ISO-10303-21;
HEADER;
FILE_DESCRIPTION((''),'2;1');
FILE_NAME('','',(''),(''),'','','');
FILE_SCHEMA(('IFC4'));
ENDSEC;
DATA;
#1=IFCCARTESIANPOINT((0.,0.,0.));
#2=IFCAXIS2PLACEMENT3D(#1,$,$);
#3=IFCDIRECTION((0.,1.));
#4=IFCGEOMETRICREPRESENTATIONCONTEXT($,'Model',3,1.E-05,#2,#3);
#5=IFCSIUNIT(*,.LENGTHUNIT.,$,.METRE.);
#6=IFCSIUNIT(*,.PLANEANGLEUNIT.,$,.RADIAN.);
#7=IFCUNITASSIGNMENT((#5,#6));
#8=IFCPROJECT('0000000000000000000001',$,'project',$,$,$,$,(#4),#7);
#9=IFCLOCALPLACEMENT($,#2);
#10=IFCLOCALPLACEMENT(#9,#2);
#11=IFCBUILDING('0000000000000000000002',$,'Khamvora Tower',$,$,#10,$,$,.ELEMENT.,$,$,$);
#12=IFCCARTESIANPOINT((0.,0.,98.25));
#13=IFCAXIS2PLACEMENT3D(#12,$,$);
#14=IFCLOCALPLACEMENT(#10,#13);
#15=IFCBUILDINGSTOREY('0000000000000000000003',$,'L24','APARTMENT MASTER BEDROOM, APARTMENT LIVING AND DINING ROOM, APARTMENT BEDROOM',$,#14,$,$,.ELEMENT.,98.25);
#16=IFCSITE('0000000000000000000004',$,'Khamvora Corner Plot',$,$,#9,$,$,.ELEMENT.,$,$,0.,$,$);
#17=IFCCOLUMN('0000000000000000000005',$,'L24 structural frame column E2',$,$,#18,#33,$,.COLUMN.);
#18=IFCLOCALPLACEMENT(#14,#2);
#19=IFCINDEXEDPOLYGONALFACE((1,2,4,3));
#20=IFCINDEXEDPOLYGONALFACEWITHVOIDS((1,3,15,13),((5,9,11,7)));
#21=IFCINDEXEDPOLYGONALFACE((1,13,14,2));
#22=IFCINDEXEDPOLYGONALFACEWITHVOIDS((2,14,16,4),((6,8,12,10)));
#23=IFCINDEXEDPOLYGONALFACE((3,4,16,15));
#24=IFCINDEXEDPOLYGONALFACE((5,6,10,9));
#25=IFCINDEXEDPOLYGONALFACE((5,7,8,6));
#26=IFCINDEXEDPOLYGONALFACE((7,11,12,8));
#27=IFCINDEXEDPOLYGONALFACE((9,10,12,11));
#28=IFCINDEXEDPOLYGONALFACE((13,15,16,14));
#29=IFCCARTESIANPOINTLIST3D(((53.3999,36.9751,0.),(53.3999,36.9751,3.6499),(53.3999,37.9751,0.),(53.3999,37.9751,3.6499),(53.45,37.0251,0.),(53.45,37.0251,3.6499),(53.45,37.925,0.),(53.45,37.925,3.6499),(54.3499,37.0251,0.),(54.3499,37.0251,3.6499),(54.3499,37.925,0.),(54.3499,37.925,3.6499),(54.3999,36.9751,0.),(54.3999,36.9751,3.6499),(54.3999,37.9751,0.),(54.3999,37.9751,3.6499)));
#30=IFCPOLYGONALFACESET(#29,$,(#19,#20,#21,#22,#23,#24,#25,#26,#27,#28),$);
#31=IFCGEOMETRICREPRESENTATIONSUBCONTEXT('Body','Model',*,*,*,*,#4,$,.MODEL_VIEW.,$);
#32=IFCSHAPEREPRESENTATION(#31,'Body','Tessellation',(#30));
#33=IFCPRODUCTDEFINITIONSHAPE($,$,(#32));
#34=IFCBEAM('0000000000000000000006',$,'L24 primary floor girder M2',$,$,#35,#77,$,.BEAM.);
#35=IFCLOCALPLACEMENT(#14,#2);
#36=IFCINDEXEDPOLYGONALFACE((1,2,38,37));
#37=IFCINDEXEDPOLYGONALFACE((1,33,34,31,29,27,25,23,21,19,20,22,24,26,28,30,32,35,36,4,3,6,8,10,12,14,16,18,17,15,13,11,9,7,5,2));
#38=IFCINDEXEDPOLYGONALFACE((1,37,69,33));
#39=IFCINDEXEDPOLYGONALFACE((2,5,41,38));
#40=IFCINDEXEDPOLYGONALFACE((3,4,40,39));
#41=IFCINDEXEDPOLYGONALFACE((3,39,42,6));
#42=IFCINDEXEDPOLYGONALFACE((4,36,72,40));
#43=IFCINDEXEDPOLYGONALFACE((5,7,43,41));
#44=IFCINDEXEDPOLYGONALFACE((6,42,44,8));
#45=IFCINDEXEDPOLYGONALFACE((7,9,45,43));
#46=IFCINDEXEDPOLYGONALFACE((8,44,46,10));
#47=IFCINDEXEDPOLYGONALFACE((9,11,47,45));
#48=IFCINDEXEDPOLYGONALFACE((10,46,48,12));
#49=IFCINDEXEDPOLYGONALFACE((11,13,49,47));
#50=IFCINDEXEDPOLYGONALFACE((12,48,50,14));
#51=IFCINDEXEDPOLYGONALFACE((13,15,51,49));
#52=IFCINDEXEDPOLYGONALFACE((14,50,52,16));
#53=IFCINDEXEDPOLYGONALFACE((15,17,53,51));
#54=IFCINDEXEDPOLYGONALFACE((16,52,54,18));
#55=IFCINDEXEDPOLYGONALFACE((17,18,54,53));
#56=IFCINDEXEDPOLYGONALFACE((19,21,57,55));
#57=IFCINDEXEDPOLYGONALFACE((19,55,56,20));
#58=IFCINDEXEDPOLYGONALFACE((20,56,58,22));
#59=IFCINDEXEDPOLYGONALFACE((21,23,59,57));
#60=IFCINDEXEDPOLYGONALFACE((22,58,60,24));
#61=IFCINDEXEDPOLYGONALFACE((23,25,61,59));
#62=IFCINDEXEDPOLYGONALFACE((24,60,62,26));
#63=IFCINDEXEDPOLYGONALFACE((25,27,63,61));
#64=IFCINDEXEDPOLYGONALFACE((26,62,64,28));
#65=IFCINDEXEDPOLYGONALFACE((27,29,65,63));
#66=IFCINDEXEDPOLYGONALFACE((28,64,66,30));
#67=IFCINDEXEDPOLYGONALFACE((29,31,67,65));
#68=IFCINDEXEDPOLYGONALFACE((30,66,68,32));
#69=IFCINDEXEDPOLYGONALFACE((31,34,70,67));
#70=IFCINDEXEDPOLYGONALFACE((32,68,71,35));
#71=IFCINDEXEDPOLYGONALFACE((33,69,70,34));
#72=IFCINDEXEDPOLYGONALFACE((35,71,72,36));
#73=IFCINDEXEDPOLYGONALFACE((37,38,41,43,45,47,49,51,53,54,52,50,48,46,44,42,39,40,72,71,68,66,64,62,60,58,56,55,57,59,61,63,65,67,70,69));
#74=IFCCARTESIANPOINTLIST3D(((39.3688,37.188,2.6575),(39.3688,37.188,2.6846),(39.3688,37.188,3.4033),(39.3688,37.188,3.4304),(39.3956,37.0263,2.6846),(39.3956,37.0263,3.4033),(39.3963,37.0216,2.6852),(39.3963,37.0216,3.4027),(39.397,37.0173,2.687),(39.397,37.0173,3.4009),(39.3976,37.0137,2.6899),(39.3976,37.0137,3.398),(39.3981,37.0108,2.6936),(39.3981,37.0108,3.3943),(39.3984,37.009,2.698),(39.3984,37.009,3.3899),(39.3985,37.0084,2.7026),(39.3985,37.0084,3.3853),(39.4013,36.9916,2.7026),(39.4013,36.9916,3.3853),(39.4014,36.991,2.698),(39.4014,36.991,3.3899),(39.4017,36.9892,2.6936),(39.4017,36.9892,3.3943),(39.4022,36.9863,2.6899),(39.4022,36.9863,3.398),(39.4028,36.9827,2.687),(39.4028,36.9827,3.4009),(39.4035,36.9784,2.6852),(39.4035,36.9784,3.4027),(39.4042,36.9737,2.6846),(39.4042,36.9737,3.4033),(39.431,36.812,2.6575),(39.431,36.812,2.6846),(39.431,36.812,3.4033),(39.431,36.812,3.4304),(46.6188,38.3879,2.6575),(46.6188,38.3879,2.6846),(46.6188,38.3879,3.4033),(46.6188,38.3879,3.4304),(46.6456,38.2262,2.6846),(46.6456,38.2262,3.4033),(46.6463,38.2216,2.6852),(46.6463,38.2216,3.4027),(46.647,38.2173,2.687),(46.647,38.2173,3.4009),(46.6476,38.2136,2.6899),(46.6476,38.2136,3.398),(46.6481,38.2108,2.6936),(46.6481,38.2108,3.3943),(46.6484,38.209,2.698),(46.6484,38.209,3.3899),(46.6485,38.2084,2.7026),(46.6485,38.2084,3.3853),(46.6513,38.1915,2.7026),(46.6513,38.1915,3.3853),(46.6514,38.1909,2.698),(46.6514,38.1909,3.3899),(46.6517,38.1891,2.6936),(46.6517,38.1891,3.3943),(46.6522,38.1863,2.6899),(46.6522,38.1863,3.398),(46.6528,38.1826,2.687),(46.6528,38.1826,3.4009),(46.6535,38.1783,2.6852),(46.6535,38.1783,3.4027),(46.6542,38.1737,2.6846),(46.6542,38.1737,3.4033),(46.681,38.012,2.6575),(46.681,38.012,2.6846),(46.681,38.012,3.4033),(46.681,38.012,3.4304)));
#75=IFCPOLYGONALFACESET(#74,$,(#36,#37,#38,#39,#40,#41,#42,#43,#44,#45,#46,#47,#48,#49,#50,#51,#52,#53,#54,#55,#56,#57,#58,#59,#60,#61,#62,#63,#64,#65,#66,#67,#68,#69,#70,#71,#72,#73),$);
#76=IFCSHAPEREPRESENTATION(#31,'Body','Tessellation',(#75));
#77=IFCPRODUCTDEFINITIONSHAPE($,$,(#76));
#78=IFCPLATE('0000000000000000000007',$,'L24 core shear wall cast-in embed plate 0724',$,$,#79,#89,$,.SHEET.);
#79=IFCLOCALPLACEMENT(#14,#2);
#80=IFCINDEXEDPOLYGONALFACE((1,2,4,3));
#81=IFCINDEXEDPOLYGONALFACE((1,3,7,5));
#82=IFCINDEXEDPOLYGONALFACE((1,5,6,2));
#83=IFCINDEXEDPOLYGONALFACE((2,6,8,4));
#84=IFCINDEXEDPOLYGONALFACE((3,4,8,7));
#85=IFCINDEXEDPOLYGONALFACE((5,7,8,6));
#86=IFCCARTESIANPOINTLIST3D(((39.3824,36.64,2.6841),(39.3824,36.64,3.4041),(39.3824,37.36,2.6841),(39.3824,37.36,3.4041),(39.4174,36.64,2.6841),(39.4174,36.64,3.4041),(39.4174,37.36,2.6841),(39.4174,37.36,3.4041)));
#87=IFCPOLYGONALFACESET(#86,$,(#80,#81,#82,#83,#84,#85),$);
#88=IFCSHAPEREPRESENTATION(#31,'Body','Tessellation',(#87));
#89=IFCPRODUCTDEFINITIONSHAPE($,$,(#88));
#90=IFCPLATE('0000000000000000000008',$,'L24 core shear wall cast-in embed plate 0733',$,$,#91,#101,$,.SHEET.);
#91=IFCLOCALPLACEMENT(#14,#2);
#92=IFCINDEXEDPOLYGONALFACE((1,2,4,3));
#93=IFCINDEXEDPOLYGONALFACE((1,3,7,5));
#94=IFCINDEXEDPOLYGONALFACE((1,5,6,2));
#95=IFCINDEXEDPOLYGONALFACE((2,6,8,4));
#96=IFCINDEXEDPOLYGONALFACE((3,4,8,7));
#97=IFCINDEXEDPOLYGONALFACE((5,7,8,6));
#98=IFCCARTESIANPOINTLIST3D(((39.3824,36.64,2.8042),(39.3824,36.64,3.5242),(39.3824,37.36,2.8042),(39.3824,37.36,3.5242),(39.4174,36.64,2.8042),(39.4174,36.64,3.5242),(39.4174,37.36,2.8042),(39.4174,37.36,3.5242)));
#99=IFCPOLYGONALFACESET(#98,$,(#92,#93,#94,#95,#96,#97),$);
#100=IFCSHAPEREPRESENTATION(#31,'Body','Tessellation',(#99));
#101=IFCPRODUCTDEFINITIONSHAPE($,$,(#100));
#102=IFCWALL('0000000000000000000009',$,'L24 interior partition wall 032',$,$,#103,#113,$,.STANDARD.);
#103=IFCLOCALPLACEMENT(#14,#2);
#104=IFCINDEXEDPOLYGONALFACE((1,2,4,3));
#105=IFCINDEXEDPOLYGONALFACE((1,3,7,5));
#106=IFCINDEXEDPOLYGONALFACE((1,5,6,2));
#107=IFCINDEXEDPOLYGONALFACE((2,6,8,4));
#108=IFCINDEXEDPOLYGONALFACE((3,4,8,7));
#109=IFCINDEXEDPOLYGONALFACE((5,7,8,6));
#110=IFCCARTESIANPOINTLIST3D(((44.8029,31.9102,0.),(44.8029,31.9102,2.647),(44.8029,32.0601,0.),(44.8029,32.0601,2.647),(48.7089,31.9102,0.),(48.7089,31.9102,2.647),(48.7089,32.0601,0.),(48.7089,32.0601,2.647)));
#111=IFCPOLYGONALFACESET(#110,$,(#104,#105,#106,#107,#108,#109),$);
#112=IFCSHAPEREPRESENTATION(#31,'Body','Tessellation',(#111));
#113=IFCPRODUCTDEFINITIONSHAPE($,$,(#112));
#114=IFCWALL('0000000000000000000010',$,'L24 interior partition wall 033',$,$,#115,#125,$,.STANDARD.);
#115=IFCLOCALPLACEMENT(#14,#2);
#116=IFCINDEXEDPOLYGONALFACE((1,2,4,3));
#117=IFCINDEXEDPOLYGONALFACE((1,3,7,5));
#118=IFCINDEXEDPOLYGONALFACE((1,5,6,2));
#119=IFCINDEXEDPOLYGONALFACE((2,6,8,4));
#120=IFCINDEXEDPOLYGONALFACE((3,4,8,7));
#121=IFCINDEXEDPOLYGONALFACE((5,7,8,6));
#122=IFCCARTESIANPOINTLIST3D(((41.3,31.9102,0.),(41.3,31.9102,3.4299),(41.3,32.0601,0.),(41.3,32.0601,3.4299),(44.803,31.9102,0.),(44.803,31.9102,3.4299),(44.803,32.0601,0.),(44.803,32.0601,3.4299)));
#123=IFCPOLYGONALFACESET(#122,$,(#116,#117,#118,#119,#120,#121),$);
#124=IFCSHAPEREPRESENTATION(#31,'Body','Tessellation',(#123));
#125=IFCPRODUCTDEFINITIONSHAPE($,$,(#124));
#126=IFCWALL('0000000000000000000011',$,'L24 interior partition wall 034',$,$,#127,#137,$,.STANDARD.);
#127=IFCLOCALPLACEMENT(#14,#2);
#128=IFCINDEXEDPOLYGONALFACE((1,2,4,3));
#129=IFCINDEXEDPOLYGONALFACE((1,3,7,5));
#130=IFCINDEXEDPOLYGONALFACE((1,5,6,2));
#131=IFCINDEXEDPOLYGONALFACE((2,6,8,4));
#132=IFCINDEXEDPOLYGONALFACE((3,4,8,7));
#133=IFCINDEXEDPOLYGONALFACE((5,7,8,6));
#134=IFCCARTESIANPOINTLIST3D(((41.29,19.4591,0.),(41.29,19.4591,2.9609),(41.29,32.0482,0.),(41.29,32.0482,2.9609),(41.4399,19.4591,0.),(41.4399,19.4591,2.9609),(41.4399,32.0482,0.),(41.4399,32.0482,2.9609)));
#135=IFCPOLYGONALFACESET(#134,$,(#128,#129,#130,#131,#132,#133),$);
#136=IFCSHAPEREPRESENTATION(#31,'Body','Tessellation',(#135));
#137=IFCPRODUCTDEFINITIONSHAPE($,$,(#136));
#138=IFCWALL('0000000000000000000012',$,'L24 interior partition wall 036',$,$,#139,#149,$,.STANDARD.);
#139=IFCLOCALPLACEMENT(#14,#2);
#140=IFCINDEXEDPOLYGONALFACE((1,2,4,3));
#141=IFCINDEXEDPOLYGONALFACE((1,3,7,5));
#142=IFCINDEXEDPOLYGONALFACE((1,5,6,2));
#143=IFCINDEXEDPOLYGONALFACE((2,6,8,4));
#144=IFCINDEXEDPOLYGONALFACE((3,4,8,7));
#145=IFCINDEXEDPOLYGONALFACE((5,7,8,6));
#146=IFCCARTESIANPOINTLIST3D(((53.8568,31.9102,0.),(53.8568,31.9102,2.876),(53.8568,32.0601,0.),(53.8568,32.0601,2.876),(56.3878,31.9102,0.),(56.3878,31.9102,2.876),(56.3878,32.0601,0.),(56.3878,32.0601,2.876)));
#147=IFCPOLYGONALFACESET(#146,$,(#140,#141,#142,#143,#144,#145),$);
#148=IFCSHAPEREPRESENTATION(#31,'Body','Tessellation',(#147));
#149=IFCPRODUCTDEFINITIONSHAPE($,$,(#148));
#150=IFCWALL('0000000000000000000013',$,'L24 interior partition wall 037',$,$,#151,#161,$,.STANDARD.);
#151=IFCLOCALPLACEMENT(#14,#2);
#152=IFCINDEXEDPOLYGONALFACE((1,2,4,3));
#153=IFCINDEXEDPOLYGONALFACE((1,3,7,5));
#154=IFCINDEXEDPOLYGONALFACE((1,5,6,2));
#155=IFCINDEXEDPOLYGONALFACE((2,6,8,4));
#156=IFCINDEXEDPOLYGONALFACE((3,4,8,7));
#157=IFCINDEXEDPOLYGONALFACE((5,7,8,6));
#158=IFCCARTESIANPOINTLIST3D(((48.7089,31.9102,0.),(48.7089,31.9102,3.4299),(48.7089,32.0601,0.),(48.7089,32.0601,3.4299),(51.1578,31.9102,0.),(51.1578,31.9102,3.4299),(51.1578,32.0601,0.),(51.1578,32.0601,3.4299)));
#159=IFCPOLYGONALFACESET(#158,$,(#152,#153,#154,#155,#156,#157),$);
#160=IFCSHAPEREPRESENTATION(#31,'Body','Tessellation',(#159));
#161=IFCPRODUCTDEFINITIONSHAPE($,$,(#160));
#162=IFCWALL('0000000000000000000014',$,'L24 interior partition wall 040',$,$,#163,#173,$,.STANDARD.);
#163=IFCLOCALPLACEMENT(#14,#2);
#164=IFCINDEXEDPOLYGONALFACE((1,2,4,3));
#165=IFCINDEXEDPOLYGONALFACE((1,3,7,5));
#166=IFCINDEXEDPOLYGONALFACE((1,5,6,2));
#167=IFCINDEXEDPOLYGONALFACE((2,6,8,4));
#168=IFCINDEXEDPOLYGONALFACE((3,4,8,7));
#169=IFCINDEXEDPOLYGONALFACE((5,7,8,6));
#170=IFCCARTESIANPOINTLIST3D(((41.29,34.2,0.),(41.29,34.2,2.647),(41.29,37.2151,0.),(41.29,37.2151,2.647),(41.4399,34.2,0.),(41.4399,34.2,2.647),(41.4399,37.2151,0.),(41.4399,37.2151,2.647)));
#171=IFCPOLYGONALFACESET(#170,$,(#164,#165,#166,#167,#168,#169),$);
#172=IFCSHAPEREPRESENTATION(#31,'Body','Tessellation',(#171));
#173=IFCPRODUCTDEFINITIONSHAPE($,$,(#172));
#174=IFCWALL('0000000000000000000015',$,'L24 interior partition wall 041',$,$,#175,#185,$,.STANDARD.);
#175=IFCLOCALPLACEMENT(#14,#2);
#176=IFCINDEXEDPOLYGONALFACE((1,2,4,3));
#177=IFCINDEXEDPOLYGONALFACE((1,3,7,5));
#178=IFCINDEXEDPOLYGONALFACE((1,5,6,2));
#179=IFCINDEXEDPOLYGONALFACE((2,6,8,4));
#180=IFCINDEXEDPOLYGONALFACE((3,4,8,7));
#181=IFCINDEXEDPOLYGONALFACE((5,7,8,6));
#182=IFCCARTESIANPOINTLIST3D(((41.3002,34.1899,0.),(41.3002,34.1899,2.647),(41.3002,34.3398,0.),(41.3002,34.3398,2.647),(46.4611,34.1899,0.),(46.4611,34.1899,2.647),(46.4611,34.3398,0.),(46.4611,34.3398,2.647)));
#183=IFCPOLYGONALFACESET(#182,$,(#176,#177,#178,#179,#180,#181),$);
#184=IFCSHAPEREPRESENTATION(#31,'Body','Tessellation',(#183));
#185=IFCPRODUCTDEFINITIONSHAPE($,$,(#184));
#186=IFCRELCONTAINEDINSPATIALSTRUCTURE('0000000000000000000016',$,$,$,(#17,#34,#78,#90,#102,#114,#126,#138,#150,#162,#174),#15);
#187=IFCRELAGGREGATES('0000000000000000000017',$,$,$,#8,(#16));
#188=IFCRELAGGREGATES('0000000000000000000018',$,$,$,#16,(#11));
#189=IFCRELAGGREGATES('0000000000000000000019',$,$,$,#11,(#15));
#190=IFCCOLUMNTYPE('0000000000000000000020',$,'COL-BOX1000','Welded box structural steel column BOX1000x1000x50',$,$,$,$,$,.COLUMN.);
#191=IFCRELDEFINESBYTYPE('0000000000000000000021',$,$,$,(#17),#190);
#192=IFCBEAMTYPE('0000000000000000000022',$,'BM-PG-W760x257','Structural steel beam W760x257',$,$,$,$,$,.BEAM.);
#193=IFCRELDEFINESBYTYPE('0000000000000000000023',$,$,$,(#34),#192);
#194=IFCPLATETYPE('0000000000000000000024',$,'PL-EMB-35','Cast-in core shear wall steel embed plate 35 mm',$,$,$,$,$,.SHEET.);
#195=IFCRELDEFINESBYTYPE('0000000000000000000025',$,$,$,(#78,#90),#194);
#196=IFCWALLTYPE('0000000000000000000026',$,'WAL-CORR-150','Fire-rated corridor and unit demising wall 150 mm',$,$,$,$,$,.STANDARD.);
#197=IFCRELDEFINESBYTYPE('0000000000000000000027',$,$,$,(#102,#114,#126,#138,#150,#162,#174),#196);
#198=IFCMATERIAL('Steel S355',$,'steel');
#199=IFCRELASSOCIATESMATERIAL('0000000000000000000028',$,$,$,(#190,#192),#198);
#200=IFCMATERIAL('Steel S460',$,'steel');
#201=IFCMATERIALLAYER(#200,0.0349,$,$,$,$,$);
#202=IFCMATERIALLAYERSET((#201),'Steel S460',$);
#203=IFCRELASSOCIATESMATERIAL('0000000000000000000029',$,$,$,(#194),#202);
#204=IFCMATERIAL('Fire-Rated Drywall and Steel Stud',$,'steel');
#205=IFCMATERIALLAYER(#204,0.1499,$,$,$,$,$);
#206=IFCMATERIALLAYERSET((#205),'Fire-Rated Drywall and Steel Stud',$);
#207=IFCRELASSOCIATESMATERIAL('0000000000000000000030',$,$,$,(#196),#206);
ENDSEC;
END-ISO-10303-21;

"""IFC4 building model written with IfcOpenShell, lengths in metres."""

from ifc_helpers import new_model, si_unit, direction, frame, frame_2d, origin, origin_2d, place, context, subcontext, project, spatial, rectangle, hollow_rectangle, i_section, extrude, material, layer, layer_set, material_profile, profile_set, type_object, element, save


model = new_model("IFC4")

# Units and contexts
model_context = context("Model", 3, precision=1e-05, world=origin(), true_north=direction((0.0, 1.0)))
body_context = subcontext(model_context, "Body", "Model", "MODEL_VIEW")
ifc_project = project(units=[si_unit("LENGTHUNIT", "METRE"), si_unit("PLANEANGLEUNIT", "RADIAN")], contexts=[model_context])

# Site, building, storey
site_placement = place(None, origin())
site = spatial("IfcSite", under=ifc_project, at=site_placement, Name="Khamvora Corner Plot", CompositionType="ELEMENT", RefElevation=0.0)
building_placement = place(site_placement, origin())
building = spatial("IfcBuilding", under=site, at=building_placement, Name="Khamvora Tower", CompositionType="ELEMENT")
storey_placement = place(building_placement, frame((0.0, 0.0, 98.25)))
storey = spatial("IfcBuildingStorey", under=building, at=storey_placement, Name="L24", Description="APARTMENT MASTER BEDROOM, APARTMENT LIVING AND DINING ROOM, APARTMENT BEDROOM", CompositionType="ELEMENT", Elevation=98.25)

# Column
ifc_material_1 = material(Name="Steel S355", Category="steel")
ifc_material_profile_1 = material_profile(ifc_material_1, hollow_rectangle(XDim=1.0, YDim=1.0, WallThickness=0.05, at=origin_2d()), Name="BOX1000x1000x50")
ifc_profile_set_1 = profile_set([ifc_material_profile_1], Name="Steel S355")
column_type = type_object("IfcColumnType", Name="COL-BOX1000", Description="Welded box structural steel column BOX1000x1000x50", PredefinedType="COLUMN", material=ifc_profile_set_1)
column_placement = place(storey_placement, frame((53.8999, 37.4751, 0.0), z_axis=(0.0, 0.0, 1.0), x_axis=(1.0, 0.0, 0.0)))
element("IfcColumn", 1, at=column_placement, inside=storey, type_object=column_type, Name="L24 structural frame column E2", PredefinedType="COLUMN", context=body_context, shape_type="SweptSolid", body=[
    extrude(hollow_rectangle(XDim=1.0, YDim=1.0, WallThickness=0.05, at=origin_2d()), origin(), (0.0, 0.0, 1.0), 3.6499),
])

# Beam
ifc_material_profile_2 = material_profile(ifc_material_1, i_section(OverallWidth=0.3811, OverallDepth=0.7729, WebThickness=0.0171, FlangeThickness=0.0271, FilletRadius=0.0181, at=origin_2d()), Name="W760x257")
ifc_profile_set_2 = profile_set([ifc_material_profile_2], Name="Steel S355")
beam_type = type_object("IfcBeamType", Name="BM-PG-W760x257", Description="Structural steel beam W760x257", PredefinedType="BEAM", material=ifc_profile_set_2)
beam_placement = place(storey_placement, frame((39.3999, 37.0, 3.0439), z_axis=(0.986578, 0.163289, 0.0), x_axis=(-0.163289, 0.986578, 0.0)))
element("IfcBeam", 2, at=beam_placement, inside=storey, type_object=beam_type, Name="L24 primary floor girder M2", PredefinedType="BEAM", context=body_context, shape_type="SweptSolid", body=[
    extrude(i_section(OverallWidth=0.3811, OverallDepth=0.7729, WebThickness=0.0171, FlangeThickness=0.0271, FilletRadius=0.0181, at=origin_2d()), origin(), (0.0, 0.0, 1.0), 7.3486),
])

# Plates
ifc_material_2 = material(Name="Steel S460", Category="steel")
ifc_layer_1 = layer(ifc_material_2, 0.0349)
ifc_layer_set_1 = layer_set([ifc_layer_1], Name="Steel S460")
plate_type = type_object("IfcPlateType", Name="PL-EMB-35", Description="Cast-in core shear wall steel embed plate 35 mm", PredefinedType="SHEET", material=ifc_layer_set_1)
for number, where, z_axis, x_axis, name in (
    (3, (39.3999, 37.0, 2.6841), (0.0, 0.0, 1.0), (1.0, 0.0, 0.0), "L24 core shear wall cast-in embed plate 0724"),
    (4, (39.3999, 37.0, 2.8042), (0.0, 0.0, 1.0), (1.0, 0.0, 0.0), "L24 core shear wall cast-in embed plate 0733"),
):
    element("IfcPlate", number, at=place(storey_placement, frame(where, z_axis=z_axis, x_axis=x_axis)), inside=storey, type_object=plate_type, Name=name, PredefinedType="SHEET", context=body_context, shape_type="SweptSolid", body=[
        extrude(rectangle(XDim=0.0349, YDim=0.72, at=origin_2d()), origin(), (0.0, 0.0, 1.0), 0.72),
    ])

# Walls
ifc_material_3 = material(Name="Fire-Rated Drywall and Steel Stud", Category="steel")
ifc_layer_2 = layer(ifc_material_3, 0.1499)
ifc_layer_set_2 = layer_set([ifc_layer_2], Name="Fire-Rated Drywall and Steel Stud")
wall_type_1 = type_object("IfcWallType", Name="WAL-CORR-150", Description="Fire-rated corridor and unit demising wall 150 mm", PredefinedType="STANDARD", material=ifc_layer_set_2)
wall_1_placement = place(storey_placement, frame((48.709, 31.9851, 0.0), z_axis=(0.0, 0.0, 1.0), x_axis=(-1.0, 0.0, 0.0)))
element("IfcWall", 5, at=wall_1_placement, inside=storey, type_object=wall_type_1, Name="L24 interior partition wall 032", PredefinedType="STANDARD", context=body_context, shape_type="SweptSolid", body=[
    extrude(rectangle(XDim=3.906, YDim=0.1499, at=frame_2d((1.9531, 0.0))), origin(), (0.0, 0.0, 1.0), 2.647),
])
wall_2_placement = place(storey_placement, frame((44.803, 31.9851, 0.0), z_axis=(0.0, 0.0, 1.0), x_axis=(-1.0, 0.0, 0.0)))
element("IfcWall", 6, at=wall_2_placement, inside=storey, type_object=wall_type_1, Name="L24 interior partition wall 033", PredefinedType="STANDARD", context=body_context, shape_type="SweptSolid", body=[
    extrude(rectangle(XDim=3.5029, YDim=0.1499, at=frame_2d((1.7515, 0.0))), origin(), (0.0, 0.0, 1.0), 3.4299),
])
wall_3_placement = place(storey_placement, frame((41.365, 32.0481, 0.0), z_axis=(0.0, 0.0, 1.0), x_axis=(0.0, -1.0, 0.0)))
element("IfcWall", 7, at=wall_3_placement, inside=storey, type_object=wall_type_1, Name="L24 interior partition wall 034", PredefinedType="STANDARD", context=body_context, shape_type="SweptSolid", body=[
    extrude(rectangle(XDim=12.5891, YDim=0.1499, at=frame_2d((6.2944, 0.0))), origin(), (0.0, 0.0, 1.0), 2.9609),
])

# Walls
wall_4_placement = place(storey_placement, frame((56.3879, 31.9851, 0.0), z_axis=(0.0, 0.0, 1.0), x_axis=(-1.0, 0.0, 0.0)))
element("IfcWall", 8, at=wall_4_placement, inside=storey, type_object=wall_type_1, Name="L24 interior partition wall 036", PredefinedType="STANDARD", context=body_context, shape_type="SweptSolid", body=[
    extrude(rectangle(XDim=2.531, YDim=0.1499, at=frame_2d((1.2656, 0.0))), origin(), (0.0, 0.0, 1.0), 2.876),
])
wall_5_placement = place(storey_placement, frame((51.158, 31.9851, 0.0), z_axis=(0.0, 0.0, 1.0), x_axis=(-1.0, 0.0, 0.0)))
element("IfcWall", 9, at=wall_5_placement, inside=storey, type_object=wall_type_1, Name="L24 interior partition wall 037", PredefinedType="STANDARD", context=body_context, shape_type="SweptSolid", body=[
    extrude(rectangle(XDim=2.449, YDim=0.1499, at=frame_2d((1.2246, 0.0))), origin(), (0.0, 0.0, 1.0), 3.4299),
])

# Walls
wall_6_placement = place(storey_placement, frame((41.365, 37.2151, 0.0), z_axis=(0.0, 0.0, 1.0), x_axis=(0.0, -1.0, 0.0)))
element("IfcWall", 10, at=wall_6_placement, inside=storey, type_object=wall_type_1, Name="L24 interior partition wall 040", PredefinedType="STANDARD", context=body_context, shape_type="SweptSolid", body=[
    extrude(rectangle(XDim=3.0151, YDim=0.1499, at=frame_2d((1.5076, 0.0))), origin(), (0.0, 0.0, 1.0), 2.647),
])
wall_7_placement = place(storey_placement, frame((41.3, 34.2649, 0.0), z_axis=(0.0, 0.0, 1.0), x_axis=(1.0, 0.0, 0.0)))
element("IfcWall", 11, at=wall_7_placement, inside=storey, type_object=wall_type_1, Name="L24 interior partition wall 041", PredefinedType="STANDARD", context=body_context, shape_type="SweptSolid", body=[
    extrude(rectangle(XDim=5.1609, YDim=0.1499, at=frame_2d((2.5806, 0.0))), origin(), (0.0, 0.0, 1.0), 2.647),
])

save(model, "model.ifc")
